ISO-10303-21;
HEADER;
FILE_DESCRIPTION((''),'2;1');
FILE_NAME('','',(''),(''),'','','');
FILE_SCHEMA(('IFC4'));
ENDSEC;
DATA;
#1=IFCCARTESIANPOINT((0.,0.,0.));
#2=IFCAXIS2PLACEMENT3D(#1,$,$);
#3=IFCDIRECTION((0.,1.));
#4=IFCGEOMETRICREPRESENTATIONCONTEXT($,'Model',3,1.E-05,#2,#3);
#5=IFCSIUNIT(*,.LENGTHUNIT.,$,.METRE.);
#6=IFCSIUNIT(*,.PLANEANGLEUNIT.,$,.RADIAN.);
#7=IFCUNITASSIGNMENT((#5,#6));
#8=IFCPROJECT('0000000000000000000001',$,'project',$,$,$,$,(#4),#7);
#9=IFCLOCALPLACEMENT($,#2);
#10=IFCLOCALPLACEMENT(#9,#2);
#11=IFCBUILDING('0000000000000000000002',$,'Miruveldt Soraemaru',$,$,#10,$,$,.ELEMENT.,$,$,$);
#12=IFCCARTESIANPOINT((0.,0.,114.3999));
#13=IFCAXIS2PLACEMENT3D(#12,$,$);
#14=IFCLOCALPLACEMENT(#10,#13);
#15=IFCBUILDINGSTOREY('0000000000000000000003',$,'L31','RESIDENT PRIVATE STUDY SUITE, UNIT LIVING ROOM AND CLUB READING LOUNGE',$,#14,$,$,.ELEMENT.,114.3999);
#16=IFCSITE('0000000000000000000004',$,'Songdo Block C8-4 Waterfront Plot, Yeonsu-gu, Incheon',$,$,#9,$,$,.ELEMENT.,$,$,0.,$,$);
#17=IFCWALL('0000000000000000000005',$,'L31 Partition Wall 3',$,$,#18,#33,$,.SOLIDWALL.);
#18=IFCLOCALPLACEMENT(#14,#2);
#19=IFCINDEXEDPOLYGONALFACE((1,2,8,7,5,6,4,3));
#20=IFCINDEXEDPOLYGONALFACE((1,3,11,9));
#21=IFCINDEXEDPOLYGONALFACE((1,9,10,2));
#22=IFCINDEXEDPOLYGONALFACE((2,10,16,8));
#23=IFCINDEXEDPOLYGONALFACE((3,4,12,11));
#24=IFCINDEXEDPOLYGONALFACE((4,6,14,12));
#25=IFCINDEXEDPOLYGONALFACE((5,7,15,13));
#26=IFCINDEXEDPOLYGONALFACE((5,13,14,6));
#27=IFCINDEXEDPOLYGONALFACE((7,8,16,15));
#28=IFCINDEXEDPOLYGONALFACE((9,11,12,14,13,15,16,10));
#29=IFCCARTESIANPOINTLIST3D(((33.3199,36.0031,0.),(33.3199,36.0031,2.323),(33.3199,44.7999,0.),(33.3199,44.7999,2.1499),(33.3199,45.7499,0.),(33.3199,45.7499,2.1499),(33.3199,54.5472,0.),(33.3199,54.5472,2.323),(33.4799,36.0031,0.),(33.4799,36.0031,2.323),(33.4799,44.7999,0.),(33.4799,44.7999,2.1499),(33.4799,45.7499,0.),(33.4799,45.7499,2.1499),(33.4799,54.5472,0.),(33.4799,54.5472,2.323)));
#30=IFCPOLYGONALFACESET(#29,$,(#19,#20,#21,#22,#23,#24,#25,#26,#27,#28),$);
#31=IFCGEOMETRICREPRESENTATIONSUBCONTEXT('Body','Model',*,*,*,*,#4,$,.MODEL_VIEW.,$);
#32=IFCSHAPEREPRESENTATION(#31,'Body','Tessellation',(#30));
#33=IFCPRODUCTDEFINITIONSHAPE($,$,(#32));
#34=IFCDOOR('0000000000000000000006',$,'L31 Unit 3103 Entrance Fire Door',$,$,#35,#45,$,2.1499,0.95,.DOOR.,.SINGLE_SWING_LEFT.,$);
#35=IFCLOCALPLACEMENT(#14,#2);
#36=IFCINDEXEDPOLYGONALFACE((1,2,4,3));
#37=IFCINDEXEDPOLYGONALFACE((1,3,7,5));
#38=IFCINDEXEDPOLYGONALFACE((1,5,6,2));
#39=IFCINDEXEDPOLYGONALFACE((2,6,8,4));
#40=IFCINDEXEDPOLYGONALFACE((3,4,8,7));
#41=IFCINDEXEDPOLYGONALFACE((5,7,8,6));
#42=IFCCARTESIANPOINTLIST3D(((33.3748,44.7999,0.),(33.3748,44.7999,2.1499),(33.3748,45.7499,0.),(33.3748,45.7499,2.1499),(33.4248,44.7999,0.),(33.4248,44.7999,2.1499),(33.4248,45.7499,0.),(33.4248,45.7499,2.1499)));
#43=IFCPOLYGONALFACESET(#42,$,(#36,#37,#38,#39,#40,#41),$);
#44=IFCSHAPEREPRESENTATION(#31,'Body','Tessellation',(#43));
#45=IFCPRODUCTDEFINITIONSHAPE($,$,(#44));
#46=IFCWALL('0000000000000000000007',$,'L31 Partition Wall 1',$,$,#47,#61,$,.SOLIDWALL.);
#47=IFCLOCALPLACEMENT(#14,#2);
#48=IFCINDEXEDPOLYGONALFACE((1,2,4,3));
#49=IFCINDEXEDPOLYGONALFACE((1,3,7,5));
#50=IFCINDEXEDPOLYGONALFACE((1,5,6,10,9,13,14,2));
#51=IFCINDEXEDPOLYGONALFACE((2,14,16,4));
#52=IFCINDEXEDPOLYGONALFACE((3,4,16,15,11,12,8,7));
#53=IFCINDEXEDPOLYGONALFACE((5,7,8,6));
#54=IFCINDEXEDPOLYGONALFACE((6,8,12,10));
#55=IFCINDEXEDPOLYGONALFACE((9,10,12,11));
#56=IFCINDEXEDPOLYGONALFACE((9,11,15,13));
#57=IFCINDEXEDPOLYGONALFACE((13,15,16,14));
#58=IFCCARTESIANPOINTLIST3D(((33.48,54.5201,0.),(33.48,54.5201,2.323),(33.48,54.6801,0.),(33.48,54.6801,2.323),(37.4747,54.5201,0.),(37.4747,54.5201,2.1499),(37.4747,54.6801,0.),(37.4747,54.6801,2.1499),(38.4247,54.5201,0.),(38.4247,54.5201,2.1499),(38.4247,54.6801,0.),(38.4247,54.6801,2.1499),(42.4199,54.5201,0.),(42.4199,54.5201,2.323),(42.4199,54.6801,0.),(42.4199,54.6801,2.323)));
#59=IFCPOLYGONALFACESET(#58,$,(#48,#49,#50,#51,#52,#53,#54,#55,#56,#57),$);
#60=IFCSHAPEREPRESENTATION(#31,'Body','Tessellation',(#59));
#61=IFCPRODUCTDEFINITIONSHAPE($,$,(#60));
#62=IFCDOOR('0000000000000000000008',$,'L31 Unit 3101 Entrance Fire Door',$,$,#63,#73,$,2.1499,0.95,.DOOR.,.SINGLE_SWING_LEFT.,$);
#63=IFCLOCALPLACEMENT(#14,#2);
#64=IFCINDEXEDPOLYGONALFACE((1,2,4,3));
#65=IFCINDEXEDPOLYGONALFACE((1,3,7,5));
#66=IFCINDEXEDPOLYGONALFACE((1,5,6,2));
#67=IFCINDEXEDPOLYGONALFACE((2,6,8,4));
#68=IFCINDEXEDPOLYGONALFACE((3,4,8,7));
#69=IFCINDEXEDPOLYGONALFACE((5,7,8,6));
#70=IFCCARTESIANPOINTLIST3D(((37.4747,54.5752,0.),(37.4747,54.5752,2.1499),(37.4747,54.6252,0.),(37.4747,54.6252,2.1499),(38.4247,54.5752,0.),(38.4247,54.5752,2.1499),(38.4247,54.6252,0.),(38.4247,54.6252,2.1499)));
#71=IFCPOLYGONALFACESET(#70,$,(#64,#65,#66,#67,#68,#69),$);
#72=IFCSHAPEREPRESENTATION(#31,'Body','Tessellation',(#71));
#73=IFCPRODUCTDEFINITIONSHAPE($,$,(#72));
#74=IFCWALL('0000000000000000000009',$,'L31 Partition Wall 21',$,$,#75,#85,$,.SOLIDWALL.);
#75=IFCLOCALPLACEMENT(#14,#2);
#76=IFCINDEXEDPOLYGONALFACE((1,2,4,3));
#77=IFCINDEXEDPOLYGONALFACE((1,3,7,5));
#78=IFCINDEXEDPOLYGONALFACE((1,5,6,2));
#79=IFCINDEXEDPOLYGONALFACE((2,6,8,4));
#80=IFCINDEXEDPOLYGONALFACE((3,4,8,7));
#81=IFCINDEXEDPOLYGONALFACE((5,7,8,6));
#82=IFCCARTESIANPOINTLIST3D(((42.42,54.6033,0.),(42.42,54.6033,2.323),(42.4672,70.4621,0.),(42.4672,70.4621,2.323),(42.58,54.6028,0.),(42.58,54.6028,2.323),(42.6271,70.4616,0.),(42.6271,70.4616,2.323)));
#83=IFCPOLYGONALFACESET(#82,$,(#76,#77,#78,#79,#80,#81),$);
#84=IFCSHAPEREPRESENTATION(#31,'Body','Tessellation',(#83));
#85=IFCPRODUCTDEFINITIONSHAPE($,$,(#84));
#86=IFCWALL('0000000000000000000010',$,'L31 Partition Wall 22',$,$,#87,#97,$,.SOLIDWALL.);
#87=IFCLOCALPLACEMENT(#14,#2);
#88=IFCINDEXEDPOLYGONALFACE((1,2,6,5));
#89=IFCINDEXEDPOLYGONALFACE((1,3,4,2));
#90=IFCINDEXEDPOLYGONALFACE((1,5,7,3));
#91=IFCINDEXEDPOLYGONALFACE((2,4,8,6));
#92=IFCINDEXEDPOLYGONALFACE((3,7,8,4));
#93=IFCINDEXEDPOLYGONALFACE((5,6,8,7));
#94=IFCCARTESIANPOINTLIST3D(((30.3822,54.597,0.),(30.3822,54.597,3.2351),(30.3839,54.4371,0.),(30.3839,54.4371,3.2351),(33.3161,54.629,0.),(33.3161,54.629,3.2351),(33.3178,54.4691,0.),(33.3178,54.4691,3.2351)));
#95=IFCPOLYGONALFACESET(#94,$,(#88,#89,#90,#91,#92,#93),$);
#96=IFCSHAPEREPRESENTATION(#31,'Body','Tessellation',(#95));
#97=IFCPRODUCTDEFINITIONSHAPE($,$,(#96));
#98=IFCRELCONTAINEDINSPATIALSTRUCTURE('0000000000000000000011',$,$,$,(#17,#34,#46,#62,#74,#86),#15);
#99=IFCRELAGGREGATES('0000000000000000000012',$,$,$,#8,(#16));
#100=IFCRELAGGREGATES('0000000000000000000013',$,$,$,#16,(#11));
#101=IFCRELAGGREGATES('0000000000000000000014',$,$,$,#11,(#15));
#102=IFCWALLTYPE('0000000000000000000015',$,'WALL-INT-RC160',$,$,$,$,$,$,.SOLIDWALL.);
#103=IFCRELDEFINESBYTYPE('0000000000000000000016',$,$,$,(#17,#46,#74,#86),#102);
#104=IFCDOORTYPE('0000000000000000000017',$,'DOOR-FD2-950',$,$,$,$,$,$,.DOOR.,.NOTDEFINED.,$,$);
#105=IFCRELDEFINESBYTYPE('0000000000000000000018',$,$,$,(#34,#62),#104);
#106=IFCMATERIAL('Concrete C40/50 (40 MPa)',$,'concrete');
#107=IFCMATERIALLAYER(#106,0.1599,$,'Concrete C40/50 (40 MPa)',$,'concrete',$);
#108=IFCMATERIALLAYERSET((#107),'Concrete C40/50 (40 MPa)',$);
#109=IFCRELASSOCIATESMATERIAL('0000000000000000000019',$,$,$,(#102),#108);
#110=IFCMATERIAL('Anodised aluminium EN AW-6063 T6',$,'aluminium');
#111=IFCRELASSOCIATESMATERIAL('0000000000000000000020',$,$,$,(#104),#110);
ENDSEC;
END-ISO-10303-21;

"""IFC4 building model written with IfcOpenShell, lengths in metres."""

from ifc_helpers import new_model, si_unit, direction, frame, frame_2d, origin, place, context, subcontext, project, spatial, rectangle, extrude, material, layer, layer_set, type_object, element, fill, save


model = new_model("IFC4")

# Units and contexts
model_context = context("Model", 3, precision=1e-05, world=origin(), true_north=direction((0.0, 1.0)))
body_context = subcontext(model_context, "Body", "Model", "MODEL_VIEW")
ifc_project = project(units=[si_unit("LENGTHUNIT", "METRE"), si_unit("PLANEANGLEUNIT", "RADIAN")], contexts=[model_context])

# Site, building, storey
site_placement = place(None, origin())
site = spatial("IfcSite", under=ifc_project, at=site_placement, Name="Songdo Block C8-4 Waterfront Plot, Yeonsu-gu, Incheon", CompositionType="ELEMENT", RefElevation=0.0)
building_placement = place(site_placement, origin())
building = spatial("IfcBuilding", under=site, at=building_placement, Name="Miruveldt Soraemaru", CompositionType="ELEMENT")
storey_placement = place(building_placement, frame((0.0, 0.0, 114.3999)))
storey = spatial("IfcBuildingStorey", under=building, at=storey_placement, Name="L31", Description="RESIDENT PRIVATE STUDY SUITE, UNIT LIVING ROOM AND CLUB READING LOUNGE", CompositionType="ELEMENT", Elevation=114.3999)

# Shared definitions
ifc_material_1 = material(Name="Anodised aluminium EN AW-6063 T6", Category="aluminium")

# Walls, openings, doors
ifc_material_2 = material(Name="Concrete C40/50 (40 MPa)", Category="concrete")
ifc_layer_1 = layer(ifc_material_2, 0.1599, Name="Concrete C40/50 (40 MPa)", Category="concrete")
ifc_layer_set_1 = layer_set([ifc_layer_1], Name="Concrete C40/50 (40 MPa)")
wall_type_1 = type_object("IfcWallType", Name="WALL-INT-RC160", PredefinedType="SOLIDWALL", material=ifc_layer_set_1)
wall_1_placement = place(storey_placement, frame((33.3999, 54.5471, 0.0), z_axis=(0.0, 0.0, 1.0), x_axis=(0.0, -1.0, 0.0)))
wall_1 = element("IfcWall", 1, at=wall_1_placement, inside=storey, type_object=wall_type_1, Name="L31 Partition Wall 3", PredefinedType="SOLIDWALL", context=body_context, shape_type="SweptSolid", body=[
    extrude(rectangle(XDim=18.5442, YDim=0.1599, at=frame_2d((9.272, 0.0))), origin(), (0.0, 0.0, 1.0), 2.323),
])
opening_1_placement = place(wall_1_placement, frame((8.7971, 0.0, 0.0)))
opening_1 = element("IfcOpeningElement", 2, at=opening_1_placement, cuts=wall_1, PredefinedType="OPENING", context=body_context, shape_type="SweptSolid", body=[
    extrude(rectangle(XDim=0.95, YDim=2.1499, at=frame_2d((0.4751, 1.075))), frame((0.0, 0.0898, 0.0), z_axis=(0.0, -1.0, 0.0), x_axis=(1.0, 0.0, 0.0)), (0.0, 0.0, 1.0), 0.1799),
])
door_type_1 = type_object("IfcDoorType", Name="DOOR-FD2-950", OperationType="NOTDEFINED", PredefinedType="DOOR", material=ifc_material_1)
door_1_placement = place(opening_1_placement, origin())
door_1 = element("IfcDoor", 3, at=door_1_placement, inside=storey, type_object=door_type_1, Name="L31 Unit 3103 Entrance Fire Door", OperationType="SINGLE_SWING_LEFT", OverallHeight=2.1499, OverallWidth=0.95, PredefinedType="DOOR", context=body_context, shape_type="SweptSolid", body=[
    extrude(rectangle(XDim=0.95, YDim=2.1499, at=frame_2d((0.4751, 1.075))), frame((0.0, 0.0249, 0.0), z_axis=(0.0, -1.0, 0.0), x_axis=(1.0, 0.0, 0.0)), (0.0, 0.0, 1.0), 0.05),
])
fill(opening_1, door_1)
wall_2_placement = place(storey_placement, frame((42.4199, 54.6001, 0.0), z_axis=(0.0, 0.0, 1.0), x_axis=(-1.0, 0.0, 0.0)))
wall_2 = element("IfcWall", 4, at=wall_2_placement, inside=storey, type_object=wall_type_1, Name="L31 Partition Wall 1", PredefinedType="SOLIDWALL", context=body_context, shape_type="SweptSolid", body=[
    extrude(rectangle(XDim=8.9399, YDim=0.1599, at=frame_2d((4.47, 0.0))), origin(), (0.0, 0.0, 1.0), 2.323),
])
opening_2_placement = place(wall_2_placement, frame((3.9951, 0.0, 0.0)))
opening_2 = element("IfcOpeningElement", 5, at=opening_2_placement, cuts=wall_2, PredefinedType="OPENING", context=body_context, shape_type="SweptSolid", body=[
    extrude(rectangle(XDim=0.95, YDim=2.1499, at=frame_2d((0.4751, 1.075))), frame((0.0, 0.0898, 0.0), z_axis=(0.0, -1.0, 0.0), x_axis=(1.0, 0.0, 0.0)), (0.0, 0.0, 1.0), 0.1799),
])
door_2_placement = place(opening_2_placement, origin())
door_2 = element("IfcDoor", 6, at=door_2_placement, inside=storey, type_object=door_type_1, Name="L31 Unit 3101 Entrance Fire Door", OperationType="SINGLE_SWING_LEFT", OverallHeight=2.1499, OverallWidth=0.95, PredefinedType="DOOR", context=body_context, shape_type="SweptSolid", body=[
    extrude(rectangle(XDim=0.95, YDim=2.1499, at=frame_2d((0.4751, 1.075))), frame((0.0, 0.0249, 0.0), z_axis=(0.0, -1.0, 0.0), x_axis=(1.0, 0.0, 0.0)), (0.0, 0.0, 1.0), 0.05),
])
fill(opening_2, door_2)

# Walls
wall_3_placement = place(storey_placement, frame((42.5, 54.603, 0.0), z_axis=(0.0, 0.0, 1.0), x_axis=(0.002971, 0.999996, 0.0)))
element("IfcWall", 7, at=wall_3_placement, inside=storey, type_object=wall_type_1, Name="L31 Partition Wall 21", PredefinedType="SOLIDWALL", context=body_context, shape_type="SweptSolid", body=[
    extrude(rectangle(XDim=15.8589, YDim=0.1599, at=frame_2d((7.9294, 0.0))), origin(), (0.0, 0.0, 1.0), 2.323),
])
wall_4_placement = place(storey_placement, frame((30.3831, 54.5171, 0.0), z_axis=(0.0, 0.0, 1.0), x_axis=(0.999941, 0.010901, 0.0)))
element("IfcWall", 8, at=wall_4_placement, inside=storey, type_object=wall_type_1, Name="L31 Partition Wall 22", PredefinedType="SOLIDWALL", context=body_context, shape_type="SweptSolid", body=[
    extrude(rectangle(XDim=2.9341, YDim=0.1599, at=frame_2d((1.467, 0.0))), origin(), (0.0, 0.0, 1.0), 3.2351),
])

save(model, "model.ifc")
